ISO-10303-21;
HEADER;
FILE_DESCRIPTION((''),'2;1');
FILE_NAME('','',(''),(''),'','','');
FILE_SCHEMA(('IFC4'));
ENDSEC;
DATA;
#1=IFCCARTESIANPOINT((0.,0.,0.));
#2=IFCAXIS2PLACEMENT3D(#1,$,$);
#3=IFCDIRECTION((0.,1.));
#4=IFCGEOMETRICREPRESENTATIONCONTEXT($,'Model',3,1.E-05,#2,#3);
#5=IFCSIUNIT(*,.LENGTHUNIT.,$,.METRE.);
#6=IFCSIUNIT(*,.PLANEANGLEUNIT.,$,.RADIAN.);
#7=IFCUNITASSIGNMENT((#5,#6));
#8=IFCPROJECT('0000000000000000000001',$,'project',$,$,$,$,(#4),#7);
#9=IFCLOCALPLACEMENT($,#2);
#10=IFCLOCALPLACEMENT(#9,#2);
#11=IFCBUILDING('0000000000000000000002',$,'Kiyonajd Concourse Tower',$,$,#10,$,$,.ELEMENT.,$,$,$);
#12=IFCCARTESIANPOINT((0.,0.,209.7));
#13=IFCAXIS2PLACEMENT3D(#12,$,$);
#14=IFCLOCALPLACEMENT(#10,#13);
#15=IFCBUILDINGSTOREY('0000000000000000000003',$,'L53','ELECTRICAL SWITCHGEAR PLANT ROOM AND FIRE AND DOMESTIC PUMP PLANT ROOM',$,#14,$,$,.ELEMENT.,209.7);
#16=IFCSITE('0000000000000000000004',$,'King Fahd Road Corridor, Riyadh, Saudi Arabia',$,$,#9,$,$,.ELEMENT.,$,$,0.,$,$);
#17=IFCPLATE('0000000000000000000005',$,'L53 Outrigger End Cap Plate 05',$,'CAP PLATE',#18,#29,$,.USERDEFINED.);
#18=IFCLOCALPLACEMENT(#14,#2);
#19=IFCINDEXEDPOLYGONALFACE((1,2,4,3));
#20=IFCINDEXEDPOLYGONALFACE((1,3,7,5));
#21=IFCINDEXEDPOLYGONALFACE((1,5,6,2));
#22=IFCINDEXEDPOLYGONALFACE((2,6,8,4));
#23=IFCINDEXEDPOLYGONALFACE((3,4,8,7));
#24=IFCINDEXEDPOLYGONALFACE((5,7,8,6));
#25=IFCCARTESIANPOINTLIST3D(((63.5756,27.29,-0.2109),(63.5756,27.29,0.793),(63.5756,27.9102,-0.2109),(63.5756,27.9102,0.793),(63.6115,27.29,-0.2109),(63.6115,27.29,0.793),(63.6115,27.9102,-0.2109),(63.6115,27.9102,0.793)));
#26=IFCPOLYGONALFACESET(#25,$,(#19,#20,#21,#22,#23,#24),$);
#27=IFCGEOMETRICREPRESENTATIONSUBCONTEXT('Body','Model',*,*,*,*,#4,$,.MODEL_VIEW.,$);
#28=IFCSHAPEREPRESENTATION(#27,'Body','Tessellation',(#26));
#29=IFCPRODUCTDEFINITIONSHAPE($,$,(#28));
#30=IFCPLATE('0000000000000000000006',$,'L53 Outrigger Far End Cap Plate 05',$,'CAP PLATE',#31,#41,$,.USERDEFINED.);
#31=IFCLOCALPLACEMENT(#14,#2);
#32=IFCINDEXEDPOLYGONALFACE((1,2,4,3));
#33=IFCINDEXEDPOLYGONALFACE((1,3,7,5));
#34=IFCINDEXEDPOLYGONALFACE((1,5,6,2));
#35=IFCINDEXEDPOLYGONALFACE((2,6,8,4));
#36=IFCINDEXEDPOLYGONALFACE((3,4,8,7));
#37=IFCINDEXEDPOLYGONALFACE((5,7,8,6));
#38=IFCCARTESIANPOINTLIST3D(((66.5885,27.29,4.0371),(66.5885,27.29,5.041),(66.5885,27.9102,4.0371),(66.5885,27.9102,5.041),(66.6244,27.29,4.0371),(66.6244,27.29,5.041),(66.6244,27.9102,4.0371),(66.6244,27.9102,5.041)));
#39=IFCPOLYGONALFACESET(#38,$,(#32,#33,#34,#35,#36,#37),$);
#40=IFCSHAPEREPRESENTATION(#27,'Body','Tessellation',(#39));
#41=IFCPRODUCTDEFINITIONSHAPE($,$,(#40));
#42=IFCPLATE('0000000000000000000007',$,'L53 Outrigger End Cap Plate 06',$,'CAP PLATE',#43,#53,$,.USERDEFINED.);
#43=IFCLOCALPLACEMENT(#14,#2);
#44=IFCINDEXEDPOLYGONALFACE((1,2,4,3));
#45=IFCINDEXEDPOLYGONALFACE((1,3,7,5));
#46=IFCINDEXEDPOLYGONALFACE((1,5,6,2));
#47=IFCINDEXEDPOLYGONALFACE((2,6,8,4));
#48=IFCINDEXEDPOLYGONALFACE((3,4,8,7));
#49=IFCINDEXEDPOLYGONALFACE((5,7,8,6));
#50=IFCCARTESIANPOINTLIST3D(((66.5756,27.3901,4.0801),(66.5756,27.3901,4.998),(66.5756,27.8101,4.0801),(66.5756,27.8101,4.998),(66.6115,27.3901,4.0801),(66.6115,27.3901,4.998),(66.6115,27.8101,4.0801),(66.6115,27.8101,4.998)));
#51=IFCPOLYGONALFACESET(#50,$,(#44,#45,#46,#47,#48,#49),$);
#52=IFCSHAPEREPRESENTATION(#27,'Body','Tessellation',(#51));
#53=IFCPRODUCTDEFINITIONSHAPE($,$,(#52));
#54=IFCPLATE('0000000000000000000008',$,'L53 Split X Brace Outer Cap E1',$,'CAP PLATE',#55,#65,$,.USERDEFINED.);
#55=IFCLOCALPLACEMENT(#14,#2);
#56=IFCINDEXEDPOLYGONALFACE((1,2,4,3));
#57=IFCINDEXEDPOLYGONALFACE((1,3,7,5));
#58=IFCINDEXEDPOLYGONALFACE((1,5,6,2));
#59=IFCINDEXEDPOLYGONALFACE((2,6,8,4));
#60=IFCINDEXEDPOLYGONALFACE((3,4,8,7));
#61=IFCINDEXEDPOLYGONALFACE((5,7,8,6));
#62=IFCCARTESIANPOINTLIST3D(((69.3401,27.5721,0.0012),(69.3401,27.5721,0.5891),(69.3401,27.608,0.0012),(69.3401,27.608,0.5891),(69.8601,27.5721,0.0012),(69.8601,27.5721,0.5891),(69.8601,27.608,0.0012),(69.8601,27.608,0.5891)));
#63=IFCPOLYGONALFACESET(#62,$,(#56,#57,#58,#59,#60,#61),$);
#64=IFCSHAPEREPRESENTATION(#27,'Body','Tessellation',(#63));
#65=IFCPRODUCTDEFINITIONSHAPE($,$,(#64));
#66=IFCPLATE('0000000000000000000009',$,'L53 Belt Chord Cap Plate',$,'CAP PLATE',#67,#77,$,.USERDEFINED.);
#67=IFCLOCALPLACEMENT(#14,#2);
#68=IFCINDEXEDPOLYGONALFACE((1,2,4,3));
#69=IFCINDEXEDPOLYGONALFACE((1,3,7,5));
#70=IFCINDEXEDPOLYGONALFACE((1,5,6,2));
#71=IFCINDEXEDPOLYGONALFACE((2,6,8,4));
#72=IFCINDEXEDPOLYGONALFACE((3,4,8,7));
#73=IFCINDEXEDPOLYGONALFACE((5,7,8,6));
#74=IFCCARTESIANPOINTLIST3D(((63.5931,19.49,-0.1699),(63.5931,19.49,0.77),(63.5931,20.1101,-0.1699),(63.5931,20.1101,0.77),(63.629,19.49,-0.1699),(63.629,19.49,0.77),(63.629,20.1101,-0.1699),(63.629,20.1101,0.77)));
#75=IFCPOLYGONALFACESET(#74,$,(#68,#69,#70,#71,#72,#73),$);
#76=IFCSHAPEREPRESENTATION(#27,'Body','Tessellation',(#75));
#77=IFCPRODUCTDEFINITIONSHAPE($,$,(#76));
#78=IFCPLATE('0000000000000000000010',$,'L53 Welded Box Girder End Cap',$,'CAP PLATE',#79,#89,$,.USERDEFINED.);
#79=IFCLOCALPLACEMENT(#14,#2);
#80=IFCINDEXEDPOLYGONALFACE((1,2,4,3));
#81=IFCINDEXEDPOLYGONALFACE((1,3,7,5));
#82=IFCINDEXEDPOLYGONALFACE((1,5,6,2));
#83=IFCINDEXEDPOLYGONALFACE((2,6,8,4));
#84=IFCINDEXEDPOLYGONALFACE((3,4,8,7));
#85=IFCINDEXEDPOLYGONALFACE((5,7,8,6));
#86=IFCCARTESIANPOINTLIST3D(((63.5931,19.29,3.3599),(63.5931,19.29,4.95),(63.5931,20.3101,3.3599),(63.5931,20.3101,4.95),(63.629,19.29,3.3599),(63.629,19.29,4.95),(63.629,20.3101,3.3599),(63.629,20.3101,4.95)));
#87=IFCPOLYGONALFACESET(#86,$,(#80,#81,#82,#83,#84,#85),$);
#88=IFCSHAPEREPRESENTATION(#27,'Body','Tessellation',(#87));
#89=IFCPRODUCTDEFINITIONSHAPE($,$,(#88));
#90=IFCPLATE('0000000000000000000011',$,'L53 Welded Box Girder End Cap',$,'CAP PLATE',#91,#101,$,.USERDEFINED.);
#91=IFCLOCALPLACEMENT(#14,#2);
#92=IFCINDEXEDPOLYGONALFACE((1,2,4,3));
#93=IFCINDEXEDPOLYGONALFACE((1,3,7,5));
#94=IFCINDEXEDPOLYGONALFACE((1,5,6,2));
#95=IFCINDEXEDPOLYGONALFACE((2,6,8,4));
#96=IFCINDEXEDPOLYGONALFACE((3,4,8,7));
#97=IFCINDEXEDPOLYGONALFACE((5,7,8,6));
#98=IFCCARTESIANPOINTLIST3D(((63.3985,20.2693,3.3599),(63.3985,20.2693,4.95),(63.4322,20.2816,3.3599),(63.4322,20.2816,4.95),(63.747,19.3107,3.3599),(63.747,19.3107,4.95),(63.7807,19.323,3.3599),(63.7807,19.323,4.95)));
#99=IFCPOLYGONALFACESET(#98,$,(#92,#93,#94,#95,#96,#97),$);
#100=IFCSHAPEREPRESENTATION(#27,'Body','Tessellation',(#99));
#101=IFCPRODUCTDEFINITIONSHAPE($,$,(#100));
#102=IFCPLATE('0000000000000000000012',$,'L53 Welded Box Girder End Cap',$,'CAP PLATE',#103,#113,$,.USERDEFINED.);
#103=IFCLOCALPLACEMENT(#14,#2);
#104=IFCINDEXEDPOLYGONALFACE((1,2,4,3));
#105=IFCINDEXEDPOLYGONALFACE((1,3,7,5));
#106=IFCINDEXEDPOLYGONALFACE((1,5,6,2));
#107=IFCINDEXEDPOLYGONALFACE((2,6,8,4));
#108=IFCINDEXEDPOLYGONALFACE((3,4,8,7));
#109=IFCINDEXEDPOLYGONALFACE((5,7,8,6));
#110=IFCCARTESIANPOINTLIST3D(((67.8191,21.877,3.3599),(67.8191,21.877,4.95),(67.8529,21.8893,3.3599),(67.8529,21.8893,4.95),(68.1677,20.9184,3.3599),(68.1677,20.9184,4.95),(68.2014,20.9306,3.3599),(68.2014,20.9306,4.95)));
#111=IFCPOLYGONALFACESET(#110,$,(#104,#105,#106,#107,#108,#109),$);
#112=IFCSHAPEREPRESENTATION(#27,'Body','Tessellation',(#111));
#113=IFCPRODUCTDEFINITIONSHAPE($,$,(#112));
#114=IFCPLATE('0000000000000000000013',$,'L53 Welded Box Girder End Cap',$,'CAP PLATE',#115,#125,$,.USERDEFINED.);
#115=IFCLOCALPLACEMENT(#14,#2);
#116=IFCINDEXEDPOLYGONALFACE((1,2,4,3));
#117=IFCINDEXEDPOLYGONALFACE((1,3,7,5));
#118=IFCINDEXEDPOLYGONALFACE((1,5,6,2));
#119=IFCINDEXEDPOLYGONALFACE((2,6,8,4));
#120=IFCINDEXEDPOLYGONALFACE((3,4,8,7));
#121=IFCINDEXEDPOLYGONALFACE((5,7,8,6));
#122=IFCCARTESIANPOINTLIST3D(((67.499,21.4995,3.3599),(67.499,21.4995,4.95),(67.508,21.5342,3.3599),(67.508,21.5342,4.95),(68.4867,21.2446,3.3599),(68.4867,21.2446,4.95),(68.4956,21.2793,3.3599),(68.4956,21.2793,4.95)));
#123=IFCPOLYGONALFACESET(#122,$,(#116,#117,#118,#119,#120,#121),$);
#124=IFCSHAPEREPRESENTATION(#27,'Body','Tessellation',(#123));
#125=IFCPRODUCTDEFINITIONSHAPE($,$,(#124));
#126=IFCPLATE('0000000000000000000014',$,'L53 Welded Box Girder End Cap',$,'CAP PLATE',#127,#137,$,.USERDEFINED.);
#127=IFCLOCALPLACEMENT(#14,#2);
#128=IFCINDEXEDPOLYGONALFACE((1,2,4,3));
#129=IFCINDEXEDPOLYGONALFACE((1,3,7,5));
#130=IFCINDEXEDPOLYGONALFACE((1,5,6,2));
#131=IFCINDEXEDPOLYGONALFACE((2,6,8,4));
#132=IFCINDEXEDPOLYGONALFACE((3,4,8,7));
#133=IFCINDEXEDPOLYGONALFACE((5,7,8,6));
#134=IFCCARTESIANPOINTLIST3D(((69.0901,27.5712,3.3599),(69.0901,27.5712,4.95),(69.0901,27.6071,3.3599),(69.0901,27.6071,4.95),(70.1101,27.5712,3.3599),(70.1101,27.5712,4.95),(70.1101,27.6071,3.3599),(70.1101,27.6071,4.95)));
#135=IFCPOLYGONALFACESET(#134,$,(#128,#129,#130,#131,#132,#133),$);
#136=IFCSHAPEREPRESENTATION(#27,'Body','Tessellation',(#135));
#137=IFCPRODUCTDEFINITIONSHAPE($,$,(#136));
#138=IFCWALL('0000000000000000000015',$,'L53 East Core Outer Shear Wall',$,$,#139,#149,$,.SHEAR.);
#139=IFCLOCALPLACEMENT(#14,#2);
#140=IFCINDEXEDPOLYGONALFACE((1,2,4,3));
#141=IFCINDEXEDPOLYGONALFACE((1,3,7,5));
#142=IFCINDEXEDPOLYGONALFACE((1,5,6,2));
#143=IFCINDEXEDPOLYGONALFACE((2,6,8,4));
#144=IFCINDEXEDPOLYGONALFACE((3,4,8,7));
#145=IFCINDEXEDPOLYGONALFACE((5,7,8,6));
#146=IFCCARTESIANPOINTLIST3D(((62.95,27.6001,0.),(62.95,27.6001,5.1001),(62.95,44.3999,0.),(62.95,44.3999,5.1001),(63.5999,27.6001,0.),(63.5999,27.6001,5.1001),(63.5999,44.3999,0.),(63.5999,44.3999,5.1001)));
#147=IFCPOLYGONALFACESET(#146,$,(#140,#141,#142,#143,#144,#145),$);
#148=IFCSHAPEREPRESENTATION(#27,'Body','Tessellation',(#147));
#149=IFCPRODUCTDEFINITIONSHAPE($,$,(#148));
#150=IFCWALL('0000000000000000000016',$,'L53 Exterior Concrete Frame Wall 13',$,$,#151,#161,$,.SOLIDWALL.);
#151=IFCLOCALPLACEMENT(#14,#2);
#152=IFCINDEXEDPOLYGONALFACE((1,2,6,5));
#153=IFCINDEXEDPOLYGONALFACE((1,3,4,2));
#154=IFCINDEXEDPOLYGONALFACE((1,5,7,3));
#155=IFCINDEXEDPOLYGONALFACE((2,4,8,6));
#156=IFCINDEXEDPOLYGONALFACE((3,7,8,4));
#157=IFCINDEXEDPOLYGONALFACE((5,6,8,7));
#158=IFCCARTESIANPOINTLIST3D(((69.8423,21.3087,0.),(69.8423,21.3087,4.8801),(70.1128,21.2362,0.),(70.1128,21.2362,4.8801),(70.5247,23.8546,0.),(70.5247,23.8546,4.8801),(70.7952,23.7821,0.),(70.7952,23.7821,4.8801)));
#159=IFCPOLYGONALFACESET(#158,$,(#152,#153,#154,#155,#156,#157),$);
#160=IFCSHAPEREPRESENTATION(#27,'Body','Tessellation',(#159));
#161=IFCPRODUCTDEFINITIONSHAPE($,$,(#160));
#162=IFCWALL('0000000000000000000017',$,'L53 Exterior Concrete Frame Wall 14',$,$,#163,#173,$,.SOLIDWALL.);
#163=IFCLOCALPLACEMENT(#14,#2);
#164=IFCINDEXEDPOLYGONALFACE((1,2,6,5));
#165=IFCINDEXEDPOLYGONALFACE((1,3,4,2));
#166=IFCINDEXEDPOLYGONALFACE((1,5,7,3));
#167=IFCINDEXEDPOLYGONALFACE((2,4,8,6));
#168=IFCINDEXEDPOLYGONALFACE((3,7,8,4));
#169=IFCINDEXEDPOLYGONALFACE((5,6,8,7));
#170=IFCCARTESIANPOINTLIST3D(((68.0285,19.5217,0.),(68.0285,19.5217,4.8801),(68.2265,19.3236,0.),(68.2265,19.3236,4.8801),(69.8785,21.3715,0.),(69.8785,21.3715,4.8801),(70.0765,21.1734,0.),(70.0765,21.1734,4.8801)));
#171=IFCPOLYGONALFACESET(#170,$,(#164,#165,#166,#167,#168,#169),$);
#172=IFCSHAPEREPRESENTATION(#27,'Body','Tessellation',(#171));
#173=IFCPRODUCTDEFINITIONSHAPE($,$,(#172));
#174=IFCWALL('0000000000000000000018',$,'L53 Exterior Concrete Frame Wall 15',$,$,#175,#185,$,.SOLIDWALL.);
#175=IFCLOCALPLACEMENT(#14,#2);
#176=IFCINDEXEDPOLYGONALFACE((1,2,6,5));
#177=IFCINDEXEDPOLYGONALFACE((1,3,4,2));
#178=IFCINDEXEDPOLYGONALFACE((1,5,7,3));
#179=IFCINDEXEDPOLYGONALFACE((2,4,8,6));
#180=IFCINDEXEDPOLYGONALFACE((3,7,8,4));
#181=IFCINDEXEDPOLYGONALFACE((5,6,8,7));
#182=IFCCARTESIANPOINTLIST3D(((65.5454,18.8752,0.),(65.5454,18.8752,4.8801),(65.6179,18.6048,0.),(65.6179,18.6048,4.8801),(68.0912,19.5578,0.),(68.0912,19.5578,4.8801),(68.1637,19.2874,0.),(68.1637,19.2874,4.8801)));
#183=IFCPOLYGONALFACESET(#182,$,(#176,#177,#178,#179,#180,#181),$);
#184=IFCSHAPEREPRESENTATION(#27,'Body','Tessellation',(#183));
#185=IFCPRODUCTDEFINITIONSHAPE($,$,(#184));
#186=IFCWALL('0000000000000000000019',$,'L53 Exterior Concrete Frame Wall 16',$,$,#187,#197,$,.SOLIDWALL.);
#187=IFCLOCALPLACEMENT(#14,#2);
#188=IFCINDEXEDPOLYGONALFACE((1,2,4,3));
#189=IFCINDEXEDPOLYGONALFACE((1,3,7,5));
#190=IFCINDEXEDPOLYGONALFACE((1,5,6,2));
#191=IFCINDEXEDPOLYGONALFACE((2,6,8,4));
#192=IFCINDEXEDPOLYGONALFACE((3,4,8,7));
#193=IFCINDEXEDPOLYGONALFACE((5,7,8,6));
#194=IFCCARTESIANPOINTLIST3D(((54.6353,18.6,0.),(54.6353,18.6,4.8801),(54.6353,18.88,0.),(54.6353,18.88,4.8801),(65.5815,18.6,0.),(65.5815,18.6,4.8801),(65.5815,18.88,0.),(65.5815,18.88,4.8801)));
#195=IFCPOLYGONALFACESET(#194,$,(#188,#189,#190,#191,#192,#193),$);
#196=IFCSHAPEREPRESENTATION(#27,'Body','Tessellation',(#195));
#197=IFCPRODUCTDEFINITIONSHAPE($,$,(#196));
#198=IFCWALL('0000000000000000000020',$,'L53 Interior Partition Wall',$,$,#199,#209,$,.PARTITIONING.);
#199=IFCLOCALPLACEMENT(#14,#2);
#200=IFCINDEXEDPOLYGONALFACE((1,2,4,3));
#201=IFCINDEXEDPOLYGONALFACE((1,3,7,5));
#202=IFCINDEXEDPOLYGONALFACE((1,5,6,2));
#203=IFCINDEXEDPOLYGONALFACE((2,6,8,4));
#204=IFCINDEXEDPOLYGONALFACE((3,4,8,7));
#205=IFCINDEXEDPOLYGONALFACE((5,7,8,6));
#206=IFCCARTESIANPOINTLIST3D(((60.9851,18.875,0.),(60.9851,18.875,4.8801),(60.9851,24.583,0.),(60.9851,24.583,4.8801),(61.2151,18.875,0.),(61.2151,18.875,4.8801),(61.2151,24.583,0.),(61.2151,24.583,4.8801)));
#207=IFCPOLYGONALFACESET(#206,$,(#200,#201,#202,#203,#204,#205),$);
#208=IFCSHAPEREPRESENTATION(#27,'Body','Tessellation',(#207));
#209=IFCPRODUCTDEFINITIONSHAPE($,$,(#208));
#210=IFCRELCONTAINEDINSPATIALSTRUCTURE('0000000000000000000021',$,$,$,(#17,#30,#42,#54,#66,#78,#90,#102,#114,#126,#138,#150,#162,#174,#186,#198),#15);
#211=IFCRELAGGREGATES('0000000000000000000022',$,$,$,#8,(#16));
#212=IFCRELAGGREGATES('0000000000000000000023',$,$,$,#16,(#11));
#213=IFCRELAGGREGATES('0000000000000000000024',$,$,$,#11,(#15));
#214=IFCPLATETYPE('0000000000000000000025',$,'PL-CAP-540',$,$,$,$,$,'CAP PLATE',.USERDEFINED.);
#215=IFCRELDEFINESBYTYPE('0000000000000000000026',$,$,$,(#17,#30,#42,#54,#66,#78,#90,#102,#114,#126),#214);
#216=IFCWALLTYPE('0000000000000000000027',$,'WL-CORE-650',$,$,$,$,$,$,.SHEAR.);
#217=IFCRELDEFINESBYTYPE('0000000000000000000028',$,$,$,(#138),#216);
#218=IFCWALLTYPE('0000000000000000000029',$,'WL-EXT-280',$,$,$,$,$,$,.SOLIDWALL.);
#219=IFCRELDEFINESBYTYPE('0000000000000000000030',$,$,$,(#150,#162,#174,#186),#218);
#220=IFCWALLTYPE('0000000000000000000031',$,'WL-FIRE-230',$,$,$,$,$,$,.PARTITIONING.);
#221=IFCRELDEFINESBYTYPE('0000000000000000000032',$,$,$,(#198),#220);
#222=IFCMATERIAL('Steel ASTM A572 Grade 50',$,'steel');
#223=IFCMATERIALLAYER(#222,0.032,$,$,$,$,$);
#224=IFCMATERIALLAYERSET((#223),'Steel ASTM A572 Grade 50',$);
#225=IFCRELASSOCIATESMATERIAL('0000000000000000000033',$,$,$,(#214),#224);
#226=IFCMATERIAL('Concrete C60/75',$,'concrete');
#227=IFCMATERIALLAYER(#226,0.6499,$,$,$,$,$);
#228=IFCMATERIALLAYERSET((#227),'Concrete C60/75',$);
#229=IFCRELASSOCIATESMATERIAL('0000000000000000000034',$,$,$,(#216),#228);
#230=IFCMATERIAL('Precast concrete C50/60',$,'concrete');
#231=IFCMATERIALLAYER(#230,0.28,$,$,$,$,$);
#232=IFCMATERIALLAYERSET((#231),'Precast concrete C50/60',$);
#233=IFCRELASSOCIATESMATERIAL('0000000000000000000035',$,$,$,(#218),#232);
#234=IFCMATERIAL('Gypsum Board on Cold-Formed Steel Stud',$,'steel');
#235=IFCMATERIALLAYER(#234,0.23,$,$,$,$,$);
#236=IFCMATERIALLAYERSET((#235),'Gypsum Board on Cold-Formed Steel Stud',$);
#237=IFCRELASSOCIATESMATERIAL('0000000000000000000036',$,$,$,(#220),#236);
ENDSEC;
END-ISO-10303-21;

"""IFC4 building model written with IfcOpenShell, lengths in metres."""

from ifc_helpers import new_model, si_unit, direction, frame, frame_2d, origin, origin_2d, place, context, subcontext, project, spatial, rectangle, extrude, material, layer, layer_set, type_object, element, save


model = new_model("IFC4")

# Units and contexts
model_context = context("Model", 3, precision=1e-05, world=origin(), true_north=direction((0.0, 1.0)))
body_context = subcontext(model_context, "Body", "Model", "MODEL_VIEW")
ifc_project = project(units=[si_unit("LENGTHUNIT", "METRE"), si_unit("PLANEANGLEUNIT", "RADIAN")], contexts=[model_context])

# Site, building, storey
site_placement = place(None, origin())
site = spatial("IfcSite", under=ifc_project, at=site_placement, Name="King Fahd Road Corridor, Riyadh, Saudi Arabia", CompositionType="ELEMENT", RefElevation=0.0)
building_placement = place(site_placement, origin())
building = spatial("IfcBuilding", under=site, at=building_placement, Name="Kiyonajd Concourse Tower", CompositionType="ELEMENT")
storey_placement = place(building_placement, frame((0.0, 0.0, 209.7)))
storey = spatial("IfcBuildingStorey", under=building, at=storey_placement, Name="L53", Description="ELECTRICAL SWITCHGEAR PLANT ROOM AND FIRE AND DOMESTIC PUMP PLANT ROOM", CompositionType="ELEMENT", Elevation=209.7)

# Shared definitions
ifc_material_1 = material(Name="Concrete C60/75", Category="concrete")

# Shared definitions
ifc_material_2 = material(Name="Steel ASTM A572 Grade 50", Category="steel")

# Plates
ifc_layer_1 = layer(ifc_material_2, 0.032)
ifc_layer_set_1 = layer_set([ifc_layer_1], Name="Steel ASTM A572 Grade 50")
plate_type = type_object("IfcPlateType", Name="PL-CAP-540", ElementType="CAP PLATE", PredefinedType="USERDEFINED", material=ifc_layer_set_1)
for number, where, z_axis, x_axis, name in (
    (1, (63.5935, 27.6001, -0.2109), (0.0, 0.0, 1.0), (-1.0, 0.0, 0.0), "L53 Outrigger End Cap Plate 05"),
    (2, (66.6064, 27.6001, 4.0371), (0.0, 0.0, 1.0), (1.0, 0.0, 0.0), "L53 Outrigger Far End Cap Plate 05"),
):
    element("IfcPlate", number, at=place(storey_placement, frame(where, z_axis=z_axis, x_axis=x_axis)), inside=storey, type_object=plate_type, Name=name, ObjectType="CAP PLATE", PredefinedType="USERDEFINED", context=body_context, shape_type="SweptSolid", body=[
        extrude(rectangle(XDim=0.0359, YDim=0.6201, at=origin_2d()), origin(), (0.0, 0.0, 1.0), 1.0039),
    ])
plate_1_placement = place(storey_placement, frame((66.5935, 27.6001, 4.0801), z_axis=(0.0, 0.0, 1.0), x_axis=(-1.0, 0.0, 0.0)))
element("IfcPlate", 3, at=plate_1_placement, inside=storey, type_object=plate_type, Name="L53 Outrigger End Cap Plate 06", ObjectType="CAP PLATE", PredefinedType="USERDEFINED", context=body_context, shape_type="SweptSolid", body=[
    extrude(rectangle(XDim=0.0359, YDim=0.4199, at=origin_2d()), origin(), (0.0, 0.0, 1.0), 0.918),
])
plate_2_placement = place(storey_placement, frame((69.6001, 27.5901, 0.0012), z_axis=(0.0, 0.0, 1.0), x_axis=(0.0, -1.0, 0.0)))
element("IfcPlate", 4, at=plate_2_placement, inside=storey, type_object=plate_type, Name="L53 Split X Brace Outer Cap E1", ObjectType="CAP PLATE", PredefinedType="USERDEFINED", context=body_context, shape_type="SweptSolid", body=[
    extrude(rectangle(XDim=0.0359, YDim=0.52, at=origin_2d()), origin(), (0.0, 0.0, 1.0), 0.5879),
])
plate_3_placement = place(storey_placement, frame((63.6111, 19.8, -0.1699), z_axis=(0.0, 0.0, 1.0), x_axis=(1.0, 0.0, 0.0)))
element("IfcPlate", 5, at=plate_3_placement, inside=storey, type_object=plate_type, Name="L53 Belt Chord Cap Plate", ObjectType="CAP PLATE", PredefinedType="USERDEFINED", context=body_context, shape_type="SweptSolid", body=[
    extrude(rectangle(XDim=0.0359, YDim=0.6201, at=origin_2d()), origin(), (0.0, 0.0, 1.0), 0.9399),
])
for number, where, z_axis, x_axis, name in (
    (6, (63.6111, 19.8, 3.3599), (0.0, 0.0, 1.0), (1.0, 0.0, 0.0), "L53 Welded Box Girder End Cap"),
    (7, (63.5896, 19.7961, 3.3599), (0.0, 0.0, 1.0), (-0.939812, -0.341692, 0.0), "L53 Welded Box Girder End Cap"),
    (8, (68.0103, 21.4038, 3.3599), (0.0, 0.0, 1.0), (0.939812, 0.341692, 0.0), "L53 Welded Box Girder End Cap"),
    (9, (67.9973, 21.3894, 3.3599), (0.0, 0.0, 1.0), (-0.249873, -0.968279, 0.0), "L53 Welded Box Girder End Cap"),
    (10, (69.6001, 27.5891, 3.3599), (0.0, 0.0, 1.0), (0.0, -1.0, 0.0), "L53 Welded Box Girder End Cap"),
):
    element("IfcPlate", number, at=place(storey_placement, frame(where, z_axis=z_axis, x_axis=x_axis)), inside=storey, type_object=plate_type, Name=name, ObjectType="CAP PLATE", PredefinedType="USERDEFINED", context=body_context, shape_type="SweptSolid", body=[
        extrude(rectangle(XDim=0.0359, YDim=1.02, at=origin_2d()), origin(), (0.0, 0.0, 1.0), 1.5901),
    ])

# Walls
ifc_layer_2 = layer(ifc_material_1, 0.6499)
ifc_layer_set_2 = layer_set([ifc_layer_2], Name="Concrete C60/75")
wall_type_1 = type_object("IfcWallType", Name="WL-CORE-650", PredefinedType="SHEAR", material=ifc_layer_set_2)
wall_1_placement = place(storey_placement, frame((63.2749, 27.6001, 0.0), z_axis=(0.0, 0.0, 1.0), x_axis=(0.0, 1.0, 0.0)))
element("IfcWall", 11, at=wall_1_placement, inside=storey, type_object=wall_type_1, Name="L53 East Core Outer Shear Wall", PredefinedType="SHEAR", context=body_context, shape_type="SweptSolid", body=[
    extrude(rectangle(XDim=16.7998, YDim=0.6499, at=frame_2d((8.3999, 0.0))), origin(), (0.0, 0.0, 1.0), 5.1001),
])
ifc_material_3 = material(Name="Precast concrete C50/60", Category="concrete")
ifc_layer_3 = layer(ifc_material_3, 0.28)
ifc_layer_set_3 = layer_set([ifc_layer_3], Name="Precast concrete C50/60")
wall_type_2 = type_object("IfcWallType", Name="WL-EXT-280", PredefinedType="SOLIDWALL", material=ifc_layer_set_3)
wall_2_placement = place(storey_placement, frame((70.6599, 23.8184, 0.0), z_axis=(0.0, 0.0, 1.0), x_axis=(-0.25889, -0.965907, 0.0)))
element("IfcWall", 12, at=wall_2_placement, inside=storey, type_object=wall_type_2, Name="L53 Exterior Concrete Frame Wall 13", PredefinedType="SOLIDWALL", context=body_context, shape_type="SweptSolid", body=[
    extrude(rectangle(XDim=2.6357, YDim=0.28, at=frame_2d((1.3179, 0.0))), origin(), (0.0, 0.0, 1.0), 4.8801),
])
wall_3_placement = place(storey_placement, frame((69.9775, 21.2725, 0.0), z_axis=(0.0, 0.0, 1.0), x_axis=(-0.707153, -0.70706, 0.0)))
element("IfcWall", 13, at=wall_3_placement, inside=storey, type_object=wall_type_2, Name="L53 Exterior Concrete Frame Wall 14", PredefinedType="SOLIDWALL", context=body_context, shape_type="SweptSolid", body=[
    extrude(rectangle(XDim=2.6162, YDim=0.28, at=frame_2d((1.3081, 0.0))), origin(), (0.0, 0.0, 1.0), 4.8801),
])
wall_4_placement = place(storey_placement, frame((68.1274, 19.4226, 0.0), z_axis=(0.0, 0.0, 1.0), x_axis=(-0.965884, -0.258977, 0.0)))
element("IfcWall", 14, at=wall_4_placement, inside=storey, type_object=wall_type_2, Name="L53 Exterior Concrete Frame Wall 15", PredefinedType="SOLIDWALL", context=body_context, shape_type="SweptSolid", body=[
    extrude(rectangle(XDim=2.6357, YDim=0.28, at=frame_2d((1.3179, 0.0))), origin(), (0.0, 0.0, 1.0), 4.8801),
])
wall_5_placement = place(storey_placement, frame((65.5815, 18.74, 0.0), z_axis=(0.0, 0.0, 1.0), x_axis=(-1.0, 0.0, 0.0)))
element("IfcWall", 15, at=wall_5_placement, inside=storey, type_object=wall_type_2, Name="L53 Exterior Concrete Frame Wall 16", PredefinedType="SOLIDWALL", context=body_context, shape_type="SweptSolid", body=[
    extrude(rectangle(XDim=10.9463, YDim=0.28, at=frame_2d((5.4731, 0.0))), origin(), (0.0, 0.0, 1.0), 4.8801),
])
ifc_material_4 = material(Name="Gypsum Board on Cold-Formed Steel Stud", Category="steel")
ifc_layer_4 = layer(ifc_material_4, 0.23)
ifc_layer_set_4 = layer_set([ifc_layer_4], Name="Gypsum Board on Cold-Formed Steel Stud")
wall_type_3 = type_object("IfcWallType", Name="WL-FIRE-230", PredefinedType="PARTITIONING", material=ifc_layer_set_4)
wall_6_placement = place(storey_placement, frame((61.1001, 18.875, 0.0), z_axis=(0.0, 0.0, 1.0), x_axis=(0.0, 1.0, 0.0)))
element("IfcWall", 16, at=wall_6_placement, inside=storey, type_object=wall_type_3, Name="L53 Interior Partition Wall", PredefinedType="PARTITIONING", context=body_context, shape_type="SweptSolid", body=[
    extrude(rectangle(XDim=5.708, YDim=0.23, at=frame_2d((2.854, 0.0))), origin(), (0.0, 0.0, 1.0), 4.8801),
])

save(model, "model.ifc")
